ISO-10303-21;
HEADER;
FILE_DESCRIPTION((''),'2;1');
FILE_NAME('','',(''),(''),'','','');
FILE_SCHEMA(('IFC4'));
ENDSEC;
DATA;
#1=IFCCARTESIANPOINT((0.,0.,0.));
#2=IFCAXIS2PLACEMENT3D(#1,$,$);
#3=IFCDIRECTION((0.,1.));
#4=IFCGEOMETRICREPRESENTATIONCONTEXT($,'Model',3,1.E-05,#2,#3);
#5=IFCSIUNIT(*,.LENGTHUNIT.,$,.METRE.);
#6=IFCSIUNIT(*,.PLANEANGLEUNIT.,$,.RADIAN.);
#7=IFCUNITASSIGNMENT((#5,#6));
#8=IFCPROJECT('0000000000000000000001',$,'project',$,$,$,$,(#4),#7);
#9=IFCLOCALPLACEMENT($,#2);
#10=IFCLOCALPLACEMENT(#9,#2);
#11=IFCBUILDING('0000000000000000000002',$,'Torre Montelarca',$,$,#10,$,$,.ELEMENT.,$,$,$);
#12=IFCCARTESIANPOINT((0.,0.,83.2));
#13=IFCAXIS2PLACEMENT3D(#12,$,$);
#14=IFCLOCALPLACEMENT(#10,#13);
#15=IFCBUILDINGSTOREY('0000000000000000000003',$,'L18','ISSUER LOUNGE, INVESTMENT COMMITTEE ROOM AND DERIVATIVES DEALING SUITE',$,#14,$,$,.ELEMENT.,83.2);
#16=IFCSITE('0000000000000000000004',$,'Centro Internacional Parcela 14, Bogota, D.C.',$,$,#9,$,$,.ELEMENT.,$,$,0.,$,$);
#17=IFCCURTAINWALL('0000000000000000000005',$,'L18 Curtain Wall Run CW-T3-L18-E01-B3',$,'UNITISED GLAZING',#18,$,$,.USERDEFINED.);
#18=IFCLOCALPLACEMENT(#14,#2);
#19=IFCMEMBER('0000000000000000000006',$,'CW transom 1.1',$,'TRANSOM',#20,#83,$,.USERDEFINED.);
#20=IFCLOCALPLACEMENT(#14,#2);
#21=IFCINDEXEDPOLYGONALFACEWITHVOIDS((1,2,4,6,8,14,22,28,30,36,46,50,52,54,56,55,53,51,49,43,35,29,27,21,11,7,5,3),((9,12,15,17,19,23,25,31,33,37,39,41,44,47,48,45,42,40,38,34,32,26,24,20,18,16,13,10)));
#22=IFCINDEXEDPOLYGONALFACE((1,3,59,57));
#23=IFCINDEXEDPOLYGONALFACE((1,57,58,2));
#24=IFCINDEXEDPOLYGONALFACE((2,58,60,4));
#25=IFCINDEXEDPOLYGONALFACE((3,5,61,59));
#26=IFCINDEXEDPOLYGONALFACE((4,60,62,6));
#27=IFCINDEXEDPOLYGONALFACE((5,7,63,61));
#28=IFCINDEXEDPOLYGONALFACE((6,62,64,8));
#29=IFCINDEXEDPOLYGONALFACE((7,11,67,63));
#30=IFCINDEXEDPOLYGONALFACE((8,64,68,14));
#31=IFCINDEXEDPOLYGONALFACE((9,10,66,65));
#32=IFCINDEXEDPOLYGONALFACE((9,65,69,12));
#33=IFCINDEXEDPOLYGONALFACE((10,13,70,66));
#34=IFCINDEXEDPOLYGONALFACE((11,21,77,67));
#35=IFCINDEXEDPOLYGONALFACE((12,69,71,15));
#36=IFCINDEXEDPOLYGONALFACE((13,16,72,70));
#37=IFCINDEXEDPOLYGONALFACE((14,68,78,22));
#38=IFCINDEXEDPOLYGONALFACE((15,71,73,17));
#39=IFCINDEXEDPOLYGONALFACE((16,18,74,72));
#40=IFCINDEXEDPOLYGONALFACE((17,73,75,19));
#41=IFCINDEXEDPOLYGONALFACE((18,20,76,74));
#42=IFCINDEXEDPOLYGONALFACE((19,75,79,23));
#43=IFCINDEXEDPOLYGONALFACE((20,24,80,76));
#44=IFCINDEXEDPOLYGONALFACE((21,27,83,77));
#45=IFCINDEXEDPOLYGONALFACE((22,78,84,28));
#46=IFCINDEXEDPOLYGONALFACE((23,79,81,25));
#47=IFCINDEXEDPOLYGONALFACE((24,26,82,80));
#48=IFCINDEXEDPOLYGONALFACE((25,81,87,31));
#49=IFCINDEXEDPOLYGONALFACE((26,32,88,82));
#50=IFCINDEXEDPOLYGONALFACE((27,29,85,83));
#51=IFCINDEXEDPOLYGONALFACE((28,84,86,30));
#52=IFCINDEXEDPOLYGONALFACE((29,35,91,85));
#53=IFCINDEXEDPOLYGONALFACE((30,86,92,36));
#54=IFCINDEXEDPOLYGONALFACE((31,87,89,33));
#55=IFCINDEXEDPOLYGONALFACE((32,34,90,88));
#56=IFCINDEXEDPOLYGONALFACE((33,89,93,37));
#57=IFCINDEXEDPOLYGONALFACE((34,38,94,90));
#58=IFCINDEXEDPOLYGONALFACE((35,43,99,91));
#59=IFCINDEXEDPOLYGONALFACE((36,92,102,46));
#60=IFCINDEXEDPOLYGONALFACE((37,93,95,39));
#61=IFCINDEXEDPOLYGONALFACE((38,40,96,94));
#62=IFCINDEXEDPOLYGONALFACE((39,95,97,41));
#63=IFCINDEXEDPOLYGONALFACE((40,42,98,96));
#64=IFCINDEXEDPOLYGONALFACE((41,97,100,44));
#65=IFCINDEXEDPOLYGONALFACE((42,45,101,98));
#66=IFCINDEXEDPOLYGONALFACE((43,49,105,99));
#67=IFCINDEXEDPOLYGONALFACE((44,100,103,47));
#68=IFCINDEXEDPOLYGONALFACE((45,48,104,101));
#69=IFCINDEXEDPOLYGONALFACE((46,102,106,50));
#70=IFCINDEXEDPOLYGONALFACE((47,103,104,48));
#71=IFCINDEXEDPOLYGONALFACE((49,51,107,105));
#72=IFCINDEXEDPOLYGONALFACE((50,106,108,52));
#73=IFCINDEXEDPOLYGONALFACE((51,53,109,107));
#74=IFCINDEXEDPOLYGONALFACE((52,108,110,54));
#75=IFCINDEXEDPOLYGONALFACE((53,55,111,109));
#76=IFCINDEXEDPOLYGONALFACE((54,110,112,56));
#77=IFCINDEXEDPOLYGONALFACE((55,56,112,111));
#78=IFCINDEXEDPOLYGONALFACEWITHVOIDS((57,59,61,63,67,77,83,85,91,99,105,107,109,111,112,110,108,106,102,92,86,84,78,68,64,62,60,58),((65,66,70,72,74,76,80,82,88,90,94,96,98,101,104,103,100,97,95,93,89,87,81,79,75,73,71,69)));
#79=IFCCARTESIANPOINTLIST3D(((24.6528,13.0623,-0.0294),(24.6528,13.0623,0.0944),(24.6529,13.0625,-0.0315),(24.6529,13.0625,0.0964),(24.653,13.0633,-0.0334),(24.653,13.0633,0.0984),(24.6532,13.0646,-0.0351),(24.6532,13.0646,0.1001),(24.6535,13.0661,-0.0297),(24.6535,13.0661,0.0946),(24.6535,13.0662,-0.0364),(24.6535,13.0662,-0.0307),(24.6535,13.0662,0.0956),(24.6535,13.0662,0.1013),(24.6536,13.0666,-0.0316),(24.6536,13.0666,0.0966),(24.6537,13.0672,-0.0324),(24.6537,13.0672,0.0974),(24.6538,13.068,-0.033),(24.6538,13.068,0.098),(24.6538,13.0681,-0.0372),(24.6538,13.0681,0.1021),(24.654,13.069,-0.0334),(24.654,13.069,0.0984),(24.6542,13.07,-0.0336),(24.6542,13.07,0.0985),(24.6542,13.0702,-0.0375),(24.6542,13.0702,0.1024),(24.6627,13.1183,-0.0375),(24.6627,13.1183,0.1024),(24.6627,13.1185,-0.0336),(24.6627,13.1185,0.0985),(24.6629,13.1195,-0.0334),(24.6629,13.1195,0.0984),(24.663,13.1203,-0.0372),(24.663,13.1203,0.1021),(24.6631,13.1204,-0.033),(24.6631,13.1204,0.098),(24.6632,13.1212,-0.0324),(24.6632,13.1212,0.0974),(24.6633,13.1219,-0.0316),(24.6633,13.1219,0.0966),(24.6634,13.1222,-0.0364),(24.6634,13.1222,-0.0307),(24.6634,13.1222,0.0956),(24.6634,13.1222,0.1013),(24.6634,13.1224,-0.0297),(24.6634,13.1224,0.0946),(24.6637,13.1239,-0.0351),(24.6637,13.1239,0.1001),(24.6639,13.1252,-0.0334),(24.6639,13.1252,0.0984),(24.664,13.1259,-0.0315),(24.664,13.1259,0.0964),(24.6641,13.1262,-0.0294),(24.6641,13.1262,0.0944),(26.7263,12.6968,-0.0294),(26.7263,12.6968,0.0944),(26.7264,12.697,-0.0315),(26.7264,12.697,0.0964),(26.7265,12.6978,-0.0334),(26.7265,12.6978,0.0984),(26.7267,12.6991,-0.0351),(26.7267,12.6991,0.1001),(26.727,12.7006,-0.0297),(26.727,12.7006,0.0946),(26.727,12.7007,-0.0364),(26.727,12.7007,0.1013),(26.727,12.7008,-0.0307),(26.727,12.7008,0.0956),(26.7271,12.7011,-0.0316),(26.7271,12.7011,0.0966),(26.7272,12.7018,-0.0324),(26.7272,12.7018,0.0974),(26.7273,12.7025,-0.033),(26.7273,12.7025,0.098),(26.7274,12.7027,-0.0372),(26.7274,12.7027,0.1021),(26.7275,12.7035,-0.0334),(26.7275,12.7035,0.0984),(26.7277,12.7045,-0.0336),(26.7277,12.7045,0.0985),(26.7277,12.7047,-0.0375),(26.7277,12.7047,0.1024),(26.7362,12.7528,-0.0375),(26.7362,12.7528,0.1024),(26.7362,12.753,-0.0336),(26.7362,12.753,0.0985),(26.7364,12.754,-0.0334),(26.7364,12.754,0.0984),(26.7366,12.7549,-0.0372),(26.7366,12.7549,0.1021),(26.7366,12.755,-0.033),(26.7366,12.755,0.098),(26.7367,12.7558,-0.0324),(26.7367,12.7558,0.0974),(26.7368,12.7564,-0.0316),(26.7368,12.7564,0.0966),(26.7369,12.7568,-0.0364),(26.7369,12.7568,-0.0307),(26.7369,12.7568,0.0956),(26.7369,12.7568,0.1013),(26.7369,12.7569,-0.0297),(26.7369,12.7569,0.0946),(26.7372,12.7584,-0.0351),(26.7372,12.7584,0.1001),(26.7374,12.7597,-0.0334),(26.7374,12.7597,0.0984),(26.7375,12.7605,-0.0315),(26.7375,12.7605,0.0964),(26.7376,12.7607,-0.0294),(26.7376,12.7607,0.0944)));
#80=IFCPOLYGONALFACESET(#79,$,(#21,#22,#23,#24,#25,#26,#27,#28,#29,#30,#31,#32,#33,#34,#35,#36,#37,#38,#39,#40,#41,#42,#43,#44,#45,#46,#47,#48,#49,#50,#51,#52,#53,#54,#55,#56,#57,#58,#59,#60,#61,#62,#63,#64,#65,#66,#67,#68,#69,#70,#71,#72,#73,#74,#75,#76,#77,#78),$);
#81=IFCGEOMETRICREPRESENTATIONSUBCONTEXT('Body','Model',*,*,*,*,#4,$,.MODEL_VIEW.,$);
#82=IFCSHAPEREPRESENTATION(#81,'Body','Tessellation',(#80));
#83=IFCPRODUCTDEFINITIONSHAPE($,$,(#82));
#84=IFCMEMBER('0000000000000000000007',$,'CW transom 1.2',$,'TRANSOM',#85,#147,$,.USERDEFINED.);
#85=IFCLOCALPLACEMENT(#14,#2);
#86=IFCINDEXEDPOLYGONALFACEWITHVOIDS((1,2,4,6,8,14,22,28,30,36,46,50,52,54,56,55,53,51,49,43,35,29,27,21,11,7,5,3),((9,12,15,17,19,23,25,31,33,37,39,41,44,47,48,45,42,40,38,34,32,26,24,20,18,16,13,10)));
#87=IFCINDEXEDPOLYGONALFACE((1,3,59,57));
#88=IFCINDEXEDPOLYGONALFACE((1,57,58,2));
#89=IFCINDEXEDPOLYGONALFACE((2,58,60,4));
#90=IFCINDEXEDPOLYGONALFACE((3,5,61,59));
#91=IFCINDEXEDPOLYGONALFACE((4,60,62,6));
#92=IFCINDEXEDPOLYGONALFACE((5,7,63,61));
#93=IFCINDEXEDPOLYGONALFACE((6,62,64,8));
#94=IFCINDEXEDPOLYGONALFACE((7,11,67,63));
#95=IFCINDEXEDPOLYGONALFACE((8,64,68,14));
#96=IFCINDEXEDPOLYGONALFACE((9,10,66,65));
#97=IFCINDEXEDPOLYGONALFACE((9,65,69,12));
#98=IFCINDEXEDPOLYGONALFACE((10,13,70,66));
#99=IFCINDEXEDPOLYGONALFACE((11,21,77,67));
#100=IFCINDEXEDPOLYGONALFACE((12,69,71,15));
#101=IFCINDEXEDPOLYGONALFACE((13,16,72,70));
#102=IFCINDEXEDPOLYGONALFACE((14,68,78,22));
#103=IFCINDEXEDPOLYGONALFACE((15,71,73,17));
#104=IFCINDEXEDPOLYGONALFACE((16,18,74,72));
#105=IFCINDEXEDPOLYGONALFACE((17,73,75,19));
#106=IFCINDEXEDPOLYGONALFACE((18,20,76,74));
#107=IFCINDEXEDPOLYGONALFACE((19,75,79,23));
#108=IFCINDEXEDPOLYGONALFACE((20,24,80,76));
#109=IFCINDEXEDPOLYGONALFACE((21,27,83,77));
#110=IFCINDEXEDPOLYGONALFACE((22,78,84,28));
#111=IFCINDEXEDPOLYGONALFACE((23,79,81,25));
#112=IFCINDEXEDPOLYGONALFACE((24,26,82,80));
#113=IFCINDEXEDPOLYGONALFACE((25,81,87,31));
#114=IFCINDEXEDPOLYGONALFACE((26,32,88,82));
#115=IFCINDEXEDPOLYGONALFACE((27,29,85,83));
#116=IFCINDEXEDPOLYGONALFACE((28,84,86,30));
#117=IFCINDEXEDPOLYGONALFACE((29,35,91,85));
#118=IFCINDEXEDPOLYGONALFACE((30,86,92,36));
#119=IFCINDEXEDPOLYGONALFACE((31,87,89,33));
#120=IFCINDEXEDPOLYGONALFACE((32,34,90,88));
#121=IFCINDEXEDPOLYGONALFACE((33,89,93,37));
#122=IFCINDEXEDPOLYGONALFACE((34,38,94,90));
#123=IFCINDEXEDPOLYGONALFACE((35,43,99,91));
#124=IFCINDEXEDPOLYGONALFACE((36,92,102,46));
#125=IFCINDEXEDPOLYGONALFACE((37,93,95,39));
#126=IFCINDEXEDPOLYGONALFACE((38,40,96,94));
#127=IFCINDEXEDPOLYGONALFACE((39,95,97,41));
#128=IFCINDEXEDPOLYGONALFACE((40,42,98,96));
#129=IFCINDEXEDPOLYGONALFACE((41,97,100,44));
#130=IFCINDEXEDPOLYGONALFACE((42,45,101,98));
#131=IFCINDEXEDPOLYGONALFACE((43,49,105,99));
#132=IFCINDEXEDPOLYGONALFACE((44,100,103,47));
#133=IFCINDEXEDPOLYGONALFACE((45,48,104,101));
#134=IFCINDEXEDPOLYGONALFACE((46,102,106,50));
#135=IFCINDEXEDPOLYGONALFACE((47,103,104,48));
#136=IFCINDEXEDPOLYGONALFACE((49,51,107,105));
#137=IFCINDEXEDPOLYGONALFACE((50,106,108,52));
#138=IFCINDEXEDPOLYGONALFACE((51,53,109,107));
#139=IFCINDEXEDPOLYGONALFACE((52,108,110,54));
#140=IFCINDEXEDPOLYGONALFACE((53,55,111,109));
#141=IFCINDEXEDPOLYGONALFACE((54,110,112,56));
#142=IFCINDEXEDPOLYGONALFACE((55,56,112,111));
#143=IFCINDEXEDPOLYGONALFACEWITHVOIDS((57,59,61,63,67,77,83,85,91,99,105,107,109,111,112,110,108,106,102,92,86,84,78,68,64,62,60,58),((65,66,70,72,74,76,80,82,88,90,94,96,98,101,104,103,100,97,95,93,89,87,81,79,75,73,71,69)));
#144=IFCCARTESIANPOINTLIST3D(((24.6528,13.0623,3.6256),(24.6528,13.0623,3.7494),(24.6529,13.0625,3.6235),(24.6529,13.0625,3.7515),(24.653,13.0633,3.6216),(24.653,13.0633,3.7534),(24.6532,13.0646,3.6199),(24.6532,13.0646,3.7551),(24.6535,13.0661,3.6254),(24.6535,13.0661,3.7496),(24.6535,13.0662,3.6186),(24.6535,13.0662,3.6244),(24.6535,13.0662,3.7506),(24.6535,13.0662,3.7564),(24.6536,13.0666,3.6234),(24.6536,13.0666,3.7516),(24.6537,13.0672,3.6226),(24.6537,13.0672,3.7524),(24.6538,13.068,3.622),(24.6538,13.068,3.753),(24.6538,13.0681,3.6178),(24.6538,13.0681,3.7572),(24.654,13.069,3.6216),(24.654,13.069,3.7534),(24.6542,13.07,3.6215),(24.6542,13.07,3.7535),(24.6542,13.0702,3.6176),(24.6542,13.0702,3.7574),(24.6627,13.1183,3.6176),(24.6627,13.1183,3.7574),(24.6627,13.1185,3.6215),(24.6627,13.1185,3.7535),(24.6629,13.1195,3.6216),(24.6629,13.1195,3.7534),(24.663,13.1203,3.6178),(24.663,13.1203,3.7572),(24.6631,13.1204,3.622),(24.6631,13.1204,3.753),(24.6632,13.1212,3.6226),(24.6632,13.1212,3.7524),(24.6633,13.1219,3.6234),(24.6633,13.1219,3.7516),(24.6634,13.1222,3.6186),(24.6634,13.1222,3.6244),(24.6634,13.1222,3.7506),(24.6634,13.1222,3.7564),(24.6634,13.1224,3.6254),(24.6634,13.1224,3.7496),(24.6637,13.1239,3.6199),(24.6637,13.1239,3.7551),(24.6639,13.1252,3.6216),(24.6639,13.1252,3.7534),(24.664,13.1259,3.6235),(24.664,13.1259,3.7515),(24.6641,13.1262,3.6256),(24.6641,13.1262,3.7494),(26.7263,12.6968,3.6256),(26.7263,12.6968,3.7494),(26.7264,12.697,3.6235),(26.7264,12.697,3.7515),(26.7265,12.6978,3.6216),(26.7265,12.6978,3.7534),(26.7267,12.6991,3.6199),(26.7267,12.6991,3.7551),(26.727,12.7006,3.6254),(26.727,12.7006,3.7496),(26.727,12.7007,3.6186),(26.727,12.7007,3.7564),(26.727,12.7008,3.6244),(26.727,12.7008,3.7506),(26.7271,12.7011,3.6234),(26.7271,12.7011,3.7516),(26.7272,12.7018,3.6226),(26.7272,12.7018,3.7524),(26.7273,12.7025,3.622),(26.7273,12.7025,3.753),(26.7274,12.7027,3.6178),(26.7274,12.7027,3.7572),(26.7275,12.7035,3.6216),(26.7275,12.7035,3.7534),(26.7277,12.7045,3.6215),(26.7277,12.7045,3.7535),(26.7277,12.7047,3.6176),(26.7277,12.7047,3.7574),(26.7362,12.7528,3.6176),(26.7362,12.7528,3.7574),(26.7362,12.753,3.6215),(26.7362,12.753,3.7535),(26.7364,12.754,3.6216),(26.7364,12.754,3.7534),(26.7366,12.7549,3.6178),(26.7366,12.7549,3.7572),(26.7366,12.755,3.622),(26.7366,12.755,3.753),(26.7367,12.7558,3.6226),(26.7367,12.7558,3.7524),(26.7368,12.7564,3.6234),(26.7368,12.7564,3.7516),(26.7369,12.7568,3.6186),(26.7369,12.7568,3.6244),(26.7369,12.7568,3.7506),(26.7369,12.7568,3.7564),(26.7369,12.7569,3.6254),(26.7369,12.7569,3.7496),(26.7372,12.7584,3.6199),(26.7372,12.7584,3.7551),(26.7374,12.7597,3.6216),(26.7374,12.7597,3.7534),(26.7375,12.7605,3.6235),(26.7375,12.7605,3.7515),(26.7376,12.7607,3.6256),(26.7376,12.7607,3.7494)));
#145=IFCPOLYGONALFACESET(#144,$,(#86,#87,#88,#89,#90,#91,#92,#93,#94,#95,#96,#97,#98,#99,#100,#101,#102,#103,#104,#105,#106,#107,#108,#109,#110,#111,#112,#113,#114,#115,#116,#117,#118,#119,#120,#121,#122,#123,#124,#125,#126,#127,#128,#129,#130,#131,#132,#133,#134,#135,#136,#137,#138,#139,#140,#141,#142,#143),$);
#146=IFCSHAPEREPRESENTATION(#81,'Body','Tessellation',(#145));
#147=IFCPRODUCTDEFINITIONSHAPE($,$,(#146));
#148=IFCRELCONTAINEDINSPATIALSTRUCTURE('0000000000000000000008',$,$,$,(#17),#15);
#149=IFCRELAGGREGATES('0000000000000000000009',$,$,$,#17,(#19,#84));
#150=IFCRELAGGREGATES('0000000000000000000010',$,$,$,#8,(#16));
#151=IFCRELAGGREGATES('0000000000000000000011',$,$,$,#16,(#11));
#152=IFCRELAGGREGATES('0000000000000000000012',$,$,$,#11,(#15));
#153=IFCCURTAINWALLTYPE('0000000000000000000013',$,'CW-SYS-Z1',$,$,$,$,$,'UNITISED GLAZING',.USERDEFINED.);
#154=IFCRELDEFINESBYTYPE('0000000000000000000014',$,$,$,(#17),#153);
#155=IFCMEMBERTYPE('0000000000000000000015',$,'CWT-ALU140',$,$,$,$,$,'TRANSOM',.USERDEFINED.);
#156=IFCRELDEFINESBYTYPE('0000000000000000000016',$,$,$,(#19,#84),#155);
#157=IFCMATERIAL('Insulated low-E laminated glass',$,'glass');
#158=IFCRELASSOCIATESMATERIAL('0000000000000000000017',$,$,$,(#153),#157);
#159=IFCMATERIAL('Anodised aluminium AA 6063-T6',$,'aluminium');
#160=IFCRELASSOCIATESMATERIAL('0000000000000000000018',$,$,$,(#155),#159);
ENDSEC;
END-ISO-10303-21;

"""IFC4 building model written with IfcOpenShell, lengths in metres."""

from ifc_helpers import new_model, si_unit, direction, frame, origin, origin_2d, place, context, subcontext, project, spatial, hollow_rectangle, extrude, source, transform, mapped, material, material_profile, profile_set, type_object, element, aggregate, save


model = new_model("IFC4")

# Units and contexts
model_context = context("Model", 3, precision=1e-05, world=origin(), true_north=direction((0.0, 1.0)))
body_context = subcontext(model_context, "Body", "Model", "MODEL_VIEW")
ifc_project = project(units=[si_unit("LENGTHUNIT", "METRE"), si_unit("PLANEANGLEUNIT", "RADIAN")], contexts=[model_context])

# Site, building, storey
site_placement = place(None, origin())
site = spatial("IfcSite", under=ifc_project, at=site_placement, Name="Centro Internacional Parcela 14, Bogota, D.C.", CompositionType="ELEMENT", RefElevation=0.0)
building_placement = place(site_placement, origin())
building = spatial("IfcBuilding", under=site, at=building_placement, Name="Torre Montelarca", CompositionType="ELEMENT")
storey_placement = place(building_placement, frame((0.0, 0.0, 83.2)))
storey = spatial("IfcBuildingStorey", under=building, at=storey_placement, Name="L18", Description="ISSUER LOUNGE, INVESTMENT COMMITTEE ROOM AND DERIVATIVES DEALING SUITE", CompositionType="ELEMENT", Elevation=83.2)

# Curtain wall, members
ifc_material_1 = material(Name="Insulated low-E laminated glass", Category="glass")
curtain_wall_type = type_object("IfcCurtainWallType", Name="CW-SYS-Z1", ElementType="UNITISED GLAZING", PredefinedType="USERDEFINED", material=ifc_material_1)
curtain_wall_1_placement = place(storey_placement, origin())
curtain_wall_1 = element("IfcCurtainWall", 1, at=curtain_wall_1_placement, inside=storey, type_object=curtain_wall_type, Name="L18 Curtain Wall Run CW-T3-L18-E01-B3", ObjectType="UNITISED GLAZING", PredefinedType="USERDEFINED")
ifc_material_2 = material(Name="Anodised aluminium AA 6063-T6", Category="aluminium")
ifc_material_profile_1 = material_profile(ifc_material_2, hollow_rectangle(XDim=0.0649, YDim=0.1399, WallThickness=0.0039, InnerFilletRadius=0.0039, OuterFilletRadius=0.0081, at=origin_2d()), Name="ALU65X140X4", Category="aluminium")
ifc_profile_set_1 = profile_set([ifc_material_profile_1], Name="Anodised aluminium AA 6063-T6")
member_type_1 = type_object("IfcMemberType", Name="CWT-ALU140", ElementType="TRANSOM", PredefinedType="USERDEFINED", material=ifc_profile_set_1)
shared_shape_1 = source(origin(), body_context, "Body", "SweptSolid", [
    extrude(hollow_rectangle(XDim=0.0649, YDim=0.1399, WallThickness=0.0039, InnerFilletRadius=0.0039, OuterFilletRadius=0.0081, at=origin_2d()), origin(), (0.0, 0.0, 1.0), 2.1055),
])
member_1_placement = place(storey_placement, frame((24.6584, 13.0942, 0.0325), z_axis=(0.984819, -0.173587, 0.0), x_axis=(0.173587, 0.984819, 0.0)))
member_1 = element("IfcMember", 2, at=member_1_placement, type_object=member_type_1, Name="CW transom 1.1", ObjectType="TRANSOM", PredefinedType="USERDEFINED", context=body_context, shape_type="MappedRepresentation", body=[
    mapped(shared_shape_1, transform((0.0, 0.0, 0.0), scale=1.0)),
])
member_2_placement = place(storey_placement, frame((24.6584, 13.0942, 3.6875), z_axis=(0.984819, -0.173587, 0.0), x_axis=(0.173587, 0.984819, 0.0)))
member_2 = element("IfcMember", 3, at=member_2_placement, type_object=member_type_1, Name="CW transom 1.2", ObjectType="TRANSOM", PredefinedType="USERDEFINED", context=body_context, shape_type="MappedRepresentation", body=[
    mapped(shared_shape_1, transform((0.0, 0.0, 0.0), scale=1.0)),
])

aggregate(curtain_wall_1, [member_1, member_2])

save(model, "model.ifc")
